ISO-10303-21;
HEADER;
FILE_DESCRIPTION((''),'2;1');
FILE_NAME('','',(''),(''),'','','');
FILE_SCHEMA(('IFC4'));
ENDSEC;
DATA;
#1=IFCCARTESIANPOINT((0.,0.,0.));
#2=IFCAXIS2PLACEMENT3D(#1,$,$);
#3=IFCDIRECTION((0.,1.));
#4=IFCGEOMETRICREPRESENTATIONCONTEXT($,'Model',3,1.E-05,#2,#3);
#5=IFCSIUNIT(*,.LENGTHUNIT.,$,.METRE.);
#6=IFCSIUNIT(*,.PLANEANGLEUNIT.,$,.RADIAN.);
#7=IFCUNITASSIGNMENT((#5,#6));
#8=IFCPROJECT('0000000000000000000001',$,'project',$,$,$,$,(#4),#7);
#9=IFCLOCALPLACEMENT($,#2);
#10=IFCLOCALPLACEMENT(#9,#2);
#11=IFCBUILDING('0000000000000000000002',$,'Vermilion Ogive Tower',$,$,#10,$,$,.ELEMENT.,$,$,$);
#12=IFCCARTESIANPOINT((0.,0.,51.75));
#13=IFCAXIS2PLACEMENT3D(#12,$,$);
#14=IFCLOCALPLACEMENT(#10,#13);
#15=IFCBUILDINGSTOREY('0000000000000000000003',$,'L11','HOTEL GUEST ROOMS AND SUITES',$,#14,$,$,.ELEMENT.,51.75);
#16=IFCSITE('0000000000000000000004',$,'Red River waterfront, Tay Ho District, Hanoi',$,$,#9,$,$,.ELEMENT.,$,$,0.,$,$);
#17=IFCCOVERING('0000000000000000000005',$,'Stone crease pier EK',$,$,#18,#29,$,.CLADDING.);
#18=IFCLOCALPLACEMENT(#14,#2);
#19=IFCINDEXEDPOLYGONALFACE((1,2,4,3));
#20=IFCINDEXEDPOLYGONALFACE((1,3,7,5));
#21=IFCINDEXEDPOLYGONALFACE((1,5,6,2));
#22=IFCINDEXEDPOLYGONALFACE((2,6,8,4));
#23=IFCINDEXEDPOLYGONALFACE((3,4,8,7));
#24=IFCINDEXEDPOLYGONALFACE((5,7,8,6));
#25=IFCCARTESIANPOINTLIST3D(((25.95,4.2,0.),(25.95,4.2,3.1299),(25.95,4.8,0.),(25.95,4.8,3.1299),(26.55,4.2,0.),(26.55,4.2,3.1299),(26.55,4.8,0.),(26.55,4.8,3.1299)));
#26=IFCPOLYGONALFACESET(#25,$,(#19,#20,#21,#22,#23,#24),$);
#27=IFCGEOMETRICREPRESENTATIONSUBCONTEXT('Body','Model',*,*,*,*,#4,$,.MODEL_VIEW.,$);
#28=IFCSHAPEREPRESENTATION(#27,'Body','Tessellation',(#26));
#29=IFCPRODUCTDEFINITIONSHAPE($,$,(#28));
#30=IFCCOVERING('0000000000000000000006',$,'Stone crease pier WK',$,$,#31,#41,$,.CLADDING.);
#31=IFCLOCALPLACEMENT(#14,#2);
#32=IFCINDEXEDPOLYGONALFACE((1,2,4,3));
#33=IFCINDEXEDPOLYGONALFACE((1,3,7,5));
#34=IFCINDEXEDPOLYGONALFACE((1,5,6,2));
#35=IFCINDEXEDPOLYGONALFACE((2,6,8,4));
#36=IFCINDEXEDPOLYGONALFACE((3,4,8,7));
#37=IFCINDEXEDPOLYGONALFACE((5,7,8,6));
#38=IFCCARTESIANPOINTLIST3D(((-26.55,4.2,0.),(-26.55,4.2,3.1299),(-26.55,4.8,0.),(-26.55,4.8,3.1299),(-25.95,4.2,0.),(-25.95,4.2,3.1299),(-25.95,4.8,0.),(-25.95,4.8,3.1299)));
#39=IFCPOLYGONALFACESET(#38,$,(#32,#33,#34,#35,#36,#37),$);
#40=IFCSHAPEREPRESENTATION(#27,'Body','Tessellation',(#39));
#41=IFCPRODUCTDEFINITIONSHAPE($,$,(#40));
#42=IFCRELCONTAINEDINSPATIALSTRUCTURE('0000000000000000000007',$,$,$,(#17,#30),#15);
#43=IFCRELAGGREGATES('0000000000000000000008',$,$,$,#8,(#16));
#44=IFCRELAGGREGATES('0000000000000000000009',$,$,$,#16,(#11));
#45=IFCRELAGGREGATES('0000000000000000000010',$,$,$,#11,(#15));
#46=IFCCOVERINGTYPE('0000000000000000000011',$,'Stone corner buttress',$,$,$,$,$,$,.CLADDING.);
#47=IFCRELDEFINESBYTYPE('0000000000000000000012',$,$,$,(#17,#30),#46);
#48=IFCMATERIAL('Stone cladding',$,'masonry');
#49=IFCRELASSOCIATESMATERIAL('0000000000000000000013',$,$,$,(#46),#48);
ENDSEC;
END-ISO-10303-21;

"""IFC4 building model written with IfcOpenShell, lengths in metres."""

from ifc_helpers import new_model, si_unit, direction, frame, origin, place, context, subcontext, project, spatial, polyline, outline, extrude, material, type_object, element, save


model = new_model("IFC4")

# Units and contexts
model_context = context("Model", 3, precision=1e-05, world=origin(), true_north=direction((0.0, 1.0)))
body_context = subcontext(model_context, "Body", "Model", "MODEL_VIEW")
ifc_project = project(units=[si_unit("LENGTHUNIT", "METRE"), si_unit("PLANEANGLEUNIT", "RADIAN")], contexts=[model_context])

# Site, building, storey
site_placement = place(None, origin())
site = spatial("IfcSite", under=ifc_project, at=site_placement, Name="Red River waterfront, Tay Ho District, Hanoi", CompositionType="ELEMENT", RefElevation=0.0)
building_placement = place(site_placement, origin())
building = spatial("IfcBuilding", under=site, at=building_placement, Name="Vermilion Ogive Tower", CompositionType="ELEMENT")
storey_placement = place(building_placement, frame((0.0, 0.0, 51.75)))
storey = spatial("IfcBuildingStorey", under=building, at=storey_placement, Name="L11", Description="HOTEL GUEST ROOMS AND SUITES", CompositionType="ELEMENT", Elevation=51.75)

# Coverings
ifc_material_1 = material(Name="Stone cladding", Category="masonry")
covering_type = type_object("IfcCoveringType", Name="Stone corner buttress", PredefinedType="CLADDING", material=ifc_material_1)
covering_1_placement = place(storey_placement, origin())
element("IfcCovering", 1, at=covering_1_placement, inside=storey, type_object=covering_type, Name="Stone crease pier EK", PredefinedType="CLADDING", context=body_context, shape_type="SweptSolid", body=[
    extrude(outline(polyline([(26.55, 4.2), (26.55, 4.8), (25.95, 4.8), (25.95, 4.2), (26.55, 4.2)])), origin(), (0.0, 0.0, 1.0), 3.1299),
])
covering_2_placement = place(storey_placement, origin())
element("IfcCovering", 2, at=covering_2_placement, inside=storey, type_object=covering_type, Name="Stone crease pier WK", PredefinedType="CLADDING", context=body_context, shape_type="SweptSolid", body=[
    extrude(outline(polyline([(-26.55, 4.8), (-26.55, 4.2), (-25.95, 4.2), (-25.95, 4.8), (-26.55, 4.8)])), origin(), (0.0, 0.0, 1.0), 3.1299),
])

save(model, "model.ifc")
